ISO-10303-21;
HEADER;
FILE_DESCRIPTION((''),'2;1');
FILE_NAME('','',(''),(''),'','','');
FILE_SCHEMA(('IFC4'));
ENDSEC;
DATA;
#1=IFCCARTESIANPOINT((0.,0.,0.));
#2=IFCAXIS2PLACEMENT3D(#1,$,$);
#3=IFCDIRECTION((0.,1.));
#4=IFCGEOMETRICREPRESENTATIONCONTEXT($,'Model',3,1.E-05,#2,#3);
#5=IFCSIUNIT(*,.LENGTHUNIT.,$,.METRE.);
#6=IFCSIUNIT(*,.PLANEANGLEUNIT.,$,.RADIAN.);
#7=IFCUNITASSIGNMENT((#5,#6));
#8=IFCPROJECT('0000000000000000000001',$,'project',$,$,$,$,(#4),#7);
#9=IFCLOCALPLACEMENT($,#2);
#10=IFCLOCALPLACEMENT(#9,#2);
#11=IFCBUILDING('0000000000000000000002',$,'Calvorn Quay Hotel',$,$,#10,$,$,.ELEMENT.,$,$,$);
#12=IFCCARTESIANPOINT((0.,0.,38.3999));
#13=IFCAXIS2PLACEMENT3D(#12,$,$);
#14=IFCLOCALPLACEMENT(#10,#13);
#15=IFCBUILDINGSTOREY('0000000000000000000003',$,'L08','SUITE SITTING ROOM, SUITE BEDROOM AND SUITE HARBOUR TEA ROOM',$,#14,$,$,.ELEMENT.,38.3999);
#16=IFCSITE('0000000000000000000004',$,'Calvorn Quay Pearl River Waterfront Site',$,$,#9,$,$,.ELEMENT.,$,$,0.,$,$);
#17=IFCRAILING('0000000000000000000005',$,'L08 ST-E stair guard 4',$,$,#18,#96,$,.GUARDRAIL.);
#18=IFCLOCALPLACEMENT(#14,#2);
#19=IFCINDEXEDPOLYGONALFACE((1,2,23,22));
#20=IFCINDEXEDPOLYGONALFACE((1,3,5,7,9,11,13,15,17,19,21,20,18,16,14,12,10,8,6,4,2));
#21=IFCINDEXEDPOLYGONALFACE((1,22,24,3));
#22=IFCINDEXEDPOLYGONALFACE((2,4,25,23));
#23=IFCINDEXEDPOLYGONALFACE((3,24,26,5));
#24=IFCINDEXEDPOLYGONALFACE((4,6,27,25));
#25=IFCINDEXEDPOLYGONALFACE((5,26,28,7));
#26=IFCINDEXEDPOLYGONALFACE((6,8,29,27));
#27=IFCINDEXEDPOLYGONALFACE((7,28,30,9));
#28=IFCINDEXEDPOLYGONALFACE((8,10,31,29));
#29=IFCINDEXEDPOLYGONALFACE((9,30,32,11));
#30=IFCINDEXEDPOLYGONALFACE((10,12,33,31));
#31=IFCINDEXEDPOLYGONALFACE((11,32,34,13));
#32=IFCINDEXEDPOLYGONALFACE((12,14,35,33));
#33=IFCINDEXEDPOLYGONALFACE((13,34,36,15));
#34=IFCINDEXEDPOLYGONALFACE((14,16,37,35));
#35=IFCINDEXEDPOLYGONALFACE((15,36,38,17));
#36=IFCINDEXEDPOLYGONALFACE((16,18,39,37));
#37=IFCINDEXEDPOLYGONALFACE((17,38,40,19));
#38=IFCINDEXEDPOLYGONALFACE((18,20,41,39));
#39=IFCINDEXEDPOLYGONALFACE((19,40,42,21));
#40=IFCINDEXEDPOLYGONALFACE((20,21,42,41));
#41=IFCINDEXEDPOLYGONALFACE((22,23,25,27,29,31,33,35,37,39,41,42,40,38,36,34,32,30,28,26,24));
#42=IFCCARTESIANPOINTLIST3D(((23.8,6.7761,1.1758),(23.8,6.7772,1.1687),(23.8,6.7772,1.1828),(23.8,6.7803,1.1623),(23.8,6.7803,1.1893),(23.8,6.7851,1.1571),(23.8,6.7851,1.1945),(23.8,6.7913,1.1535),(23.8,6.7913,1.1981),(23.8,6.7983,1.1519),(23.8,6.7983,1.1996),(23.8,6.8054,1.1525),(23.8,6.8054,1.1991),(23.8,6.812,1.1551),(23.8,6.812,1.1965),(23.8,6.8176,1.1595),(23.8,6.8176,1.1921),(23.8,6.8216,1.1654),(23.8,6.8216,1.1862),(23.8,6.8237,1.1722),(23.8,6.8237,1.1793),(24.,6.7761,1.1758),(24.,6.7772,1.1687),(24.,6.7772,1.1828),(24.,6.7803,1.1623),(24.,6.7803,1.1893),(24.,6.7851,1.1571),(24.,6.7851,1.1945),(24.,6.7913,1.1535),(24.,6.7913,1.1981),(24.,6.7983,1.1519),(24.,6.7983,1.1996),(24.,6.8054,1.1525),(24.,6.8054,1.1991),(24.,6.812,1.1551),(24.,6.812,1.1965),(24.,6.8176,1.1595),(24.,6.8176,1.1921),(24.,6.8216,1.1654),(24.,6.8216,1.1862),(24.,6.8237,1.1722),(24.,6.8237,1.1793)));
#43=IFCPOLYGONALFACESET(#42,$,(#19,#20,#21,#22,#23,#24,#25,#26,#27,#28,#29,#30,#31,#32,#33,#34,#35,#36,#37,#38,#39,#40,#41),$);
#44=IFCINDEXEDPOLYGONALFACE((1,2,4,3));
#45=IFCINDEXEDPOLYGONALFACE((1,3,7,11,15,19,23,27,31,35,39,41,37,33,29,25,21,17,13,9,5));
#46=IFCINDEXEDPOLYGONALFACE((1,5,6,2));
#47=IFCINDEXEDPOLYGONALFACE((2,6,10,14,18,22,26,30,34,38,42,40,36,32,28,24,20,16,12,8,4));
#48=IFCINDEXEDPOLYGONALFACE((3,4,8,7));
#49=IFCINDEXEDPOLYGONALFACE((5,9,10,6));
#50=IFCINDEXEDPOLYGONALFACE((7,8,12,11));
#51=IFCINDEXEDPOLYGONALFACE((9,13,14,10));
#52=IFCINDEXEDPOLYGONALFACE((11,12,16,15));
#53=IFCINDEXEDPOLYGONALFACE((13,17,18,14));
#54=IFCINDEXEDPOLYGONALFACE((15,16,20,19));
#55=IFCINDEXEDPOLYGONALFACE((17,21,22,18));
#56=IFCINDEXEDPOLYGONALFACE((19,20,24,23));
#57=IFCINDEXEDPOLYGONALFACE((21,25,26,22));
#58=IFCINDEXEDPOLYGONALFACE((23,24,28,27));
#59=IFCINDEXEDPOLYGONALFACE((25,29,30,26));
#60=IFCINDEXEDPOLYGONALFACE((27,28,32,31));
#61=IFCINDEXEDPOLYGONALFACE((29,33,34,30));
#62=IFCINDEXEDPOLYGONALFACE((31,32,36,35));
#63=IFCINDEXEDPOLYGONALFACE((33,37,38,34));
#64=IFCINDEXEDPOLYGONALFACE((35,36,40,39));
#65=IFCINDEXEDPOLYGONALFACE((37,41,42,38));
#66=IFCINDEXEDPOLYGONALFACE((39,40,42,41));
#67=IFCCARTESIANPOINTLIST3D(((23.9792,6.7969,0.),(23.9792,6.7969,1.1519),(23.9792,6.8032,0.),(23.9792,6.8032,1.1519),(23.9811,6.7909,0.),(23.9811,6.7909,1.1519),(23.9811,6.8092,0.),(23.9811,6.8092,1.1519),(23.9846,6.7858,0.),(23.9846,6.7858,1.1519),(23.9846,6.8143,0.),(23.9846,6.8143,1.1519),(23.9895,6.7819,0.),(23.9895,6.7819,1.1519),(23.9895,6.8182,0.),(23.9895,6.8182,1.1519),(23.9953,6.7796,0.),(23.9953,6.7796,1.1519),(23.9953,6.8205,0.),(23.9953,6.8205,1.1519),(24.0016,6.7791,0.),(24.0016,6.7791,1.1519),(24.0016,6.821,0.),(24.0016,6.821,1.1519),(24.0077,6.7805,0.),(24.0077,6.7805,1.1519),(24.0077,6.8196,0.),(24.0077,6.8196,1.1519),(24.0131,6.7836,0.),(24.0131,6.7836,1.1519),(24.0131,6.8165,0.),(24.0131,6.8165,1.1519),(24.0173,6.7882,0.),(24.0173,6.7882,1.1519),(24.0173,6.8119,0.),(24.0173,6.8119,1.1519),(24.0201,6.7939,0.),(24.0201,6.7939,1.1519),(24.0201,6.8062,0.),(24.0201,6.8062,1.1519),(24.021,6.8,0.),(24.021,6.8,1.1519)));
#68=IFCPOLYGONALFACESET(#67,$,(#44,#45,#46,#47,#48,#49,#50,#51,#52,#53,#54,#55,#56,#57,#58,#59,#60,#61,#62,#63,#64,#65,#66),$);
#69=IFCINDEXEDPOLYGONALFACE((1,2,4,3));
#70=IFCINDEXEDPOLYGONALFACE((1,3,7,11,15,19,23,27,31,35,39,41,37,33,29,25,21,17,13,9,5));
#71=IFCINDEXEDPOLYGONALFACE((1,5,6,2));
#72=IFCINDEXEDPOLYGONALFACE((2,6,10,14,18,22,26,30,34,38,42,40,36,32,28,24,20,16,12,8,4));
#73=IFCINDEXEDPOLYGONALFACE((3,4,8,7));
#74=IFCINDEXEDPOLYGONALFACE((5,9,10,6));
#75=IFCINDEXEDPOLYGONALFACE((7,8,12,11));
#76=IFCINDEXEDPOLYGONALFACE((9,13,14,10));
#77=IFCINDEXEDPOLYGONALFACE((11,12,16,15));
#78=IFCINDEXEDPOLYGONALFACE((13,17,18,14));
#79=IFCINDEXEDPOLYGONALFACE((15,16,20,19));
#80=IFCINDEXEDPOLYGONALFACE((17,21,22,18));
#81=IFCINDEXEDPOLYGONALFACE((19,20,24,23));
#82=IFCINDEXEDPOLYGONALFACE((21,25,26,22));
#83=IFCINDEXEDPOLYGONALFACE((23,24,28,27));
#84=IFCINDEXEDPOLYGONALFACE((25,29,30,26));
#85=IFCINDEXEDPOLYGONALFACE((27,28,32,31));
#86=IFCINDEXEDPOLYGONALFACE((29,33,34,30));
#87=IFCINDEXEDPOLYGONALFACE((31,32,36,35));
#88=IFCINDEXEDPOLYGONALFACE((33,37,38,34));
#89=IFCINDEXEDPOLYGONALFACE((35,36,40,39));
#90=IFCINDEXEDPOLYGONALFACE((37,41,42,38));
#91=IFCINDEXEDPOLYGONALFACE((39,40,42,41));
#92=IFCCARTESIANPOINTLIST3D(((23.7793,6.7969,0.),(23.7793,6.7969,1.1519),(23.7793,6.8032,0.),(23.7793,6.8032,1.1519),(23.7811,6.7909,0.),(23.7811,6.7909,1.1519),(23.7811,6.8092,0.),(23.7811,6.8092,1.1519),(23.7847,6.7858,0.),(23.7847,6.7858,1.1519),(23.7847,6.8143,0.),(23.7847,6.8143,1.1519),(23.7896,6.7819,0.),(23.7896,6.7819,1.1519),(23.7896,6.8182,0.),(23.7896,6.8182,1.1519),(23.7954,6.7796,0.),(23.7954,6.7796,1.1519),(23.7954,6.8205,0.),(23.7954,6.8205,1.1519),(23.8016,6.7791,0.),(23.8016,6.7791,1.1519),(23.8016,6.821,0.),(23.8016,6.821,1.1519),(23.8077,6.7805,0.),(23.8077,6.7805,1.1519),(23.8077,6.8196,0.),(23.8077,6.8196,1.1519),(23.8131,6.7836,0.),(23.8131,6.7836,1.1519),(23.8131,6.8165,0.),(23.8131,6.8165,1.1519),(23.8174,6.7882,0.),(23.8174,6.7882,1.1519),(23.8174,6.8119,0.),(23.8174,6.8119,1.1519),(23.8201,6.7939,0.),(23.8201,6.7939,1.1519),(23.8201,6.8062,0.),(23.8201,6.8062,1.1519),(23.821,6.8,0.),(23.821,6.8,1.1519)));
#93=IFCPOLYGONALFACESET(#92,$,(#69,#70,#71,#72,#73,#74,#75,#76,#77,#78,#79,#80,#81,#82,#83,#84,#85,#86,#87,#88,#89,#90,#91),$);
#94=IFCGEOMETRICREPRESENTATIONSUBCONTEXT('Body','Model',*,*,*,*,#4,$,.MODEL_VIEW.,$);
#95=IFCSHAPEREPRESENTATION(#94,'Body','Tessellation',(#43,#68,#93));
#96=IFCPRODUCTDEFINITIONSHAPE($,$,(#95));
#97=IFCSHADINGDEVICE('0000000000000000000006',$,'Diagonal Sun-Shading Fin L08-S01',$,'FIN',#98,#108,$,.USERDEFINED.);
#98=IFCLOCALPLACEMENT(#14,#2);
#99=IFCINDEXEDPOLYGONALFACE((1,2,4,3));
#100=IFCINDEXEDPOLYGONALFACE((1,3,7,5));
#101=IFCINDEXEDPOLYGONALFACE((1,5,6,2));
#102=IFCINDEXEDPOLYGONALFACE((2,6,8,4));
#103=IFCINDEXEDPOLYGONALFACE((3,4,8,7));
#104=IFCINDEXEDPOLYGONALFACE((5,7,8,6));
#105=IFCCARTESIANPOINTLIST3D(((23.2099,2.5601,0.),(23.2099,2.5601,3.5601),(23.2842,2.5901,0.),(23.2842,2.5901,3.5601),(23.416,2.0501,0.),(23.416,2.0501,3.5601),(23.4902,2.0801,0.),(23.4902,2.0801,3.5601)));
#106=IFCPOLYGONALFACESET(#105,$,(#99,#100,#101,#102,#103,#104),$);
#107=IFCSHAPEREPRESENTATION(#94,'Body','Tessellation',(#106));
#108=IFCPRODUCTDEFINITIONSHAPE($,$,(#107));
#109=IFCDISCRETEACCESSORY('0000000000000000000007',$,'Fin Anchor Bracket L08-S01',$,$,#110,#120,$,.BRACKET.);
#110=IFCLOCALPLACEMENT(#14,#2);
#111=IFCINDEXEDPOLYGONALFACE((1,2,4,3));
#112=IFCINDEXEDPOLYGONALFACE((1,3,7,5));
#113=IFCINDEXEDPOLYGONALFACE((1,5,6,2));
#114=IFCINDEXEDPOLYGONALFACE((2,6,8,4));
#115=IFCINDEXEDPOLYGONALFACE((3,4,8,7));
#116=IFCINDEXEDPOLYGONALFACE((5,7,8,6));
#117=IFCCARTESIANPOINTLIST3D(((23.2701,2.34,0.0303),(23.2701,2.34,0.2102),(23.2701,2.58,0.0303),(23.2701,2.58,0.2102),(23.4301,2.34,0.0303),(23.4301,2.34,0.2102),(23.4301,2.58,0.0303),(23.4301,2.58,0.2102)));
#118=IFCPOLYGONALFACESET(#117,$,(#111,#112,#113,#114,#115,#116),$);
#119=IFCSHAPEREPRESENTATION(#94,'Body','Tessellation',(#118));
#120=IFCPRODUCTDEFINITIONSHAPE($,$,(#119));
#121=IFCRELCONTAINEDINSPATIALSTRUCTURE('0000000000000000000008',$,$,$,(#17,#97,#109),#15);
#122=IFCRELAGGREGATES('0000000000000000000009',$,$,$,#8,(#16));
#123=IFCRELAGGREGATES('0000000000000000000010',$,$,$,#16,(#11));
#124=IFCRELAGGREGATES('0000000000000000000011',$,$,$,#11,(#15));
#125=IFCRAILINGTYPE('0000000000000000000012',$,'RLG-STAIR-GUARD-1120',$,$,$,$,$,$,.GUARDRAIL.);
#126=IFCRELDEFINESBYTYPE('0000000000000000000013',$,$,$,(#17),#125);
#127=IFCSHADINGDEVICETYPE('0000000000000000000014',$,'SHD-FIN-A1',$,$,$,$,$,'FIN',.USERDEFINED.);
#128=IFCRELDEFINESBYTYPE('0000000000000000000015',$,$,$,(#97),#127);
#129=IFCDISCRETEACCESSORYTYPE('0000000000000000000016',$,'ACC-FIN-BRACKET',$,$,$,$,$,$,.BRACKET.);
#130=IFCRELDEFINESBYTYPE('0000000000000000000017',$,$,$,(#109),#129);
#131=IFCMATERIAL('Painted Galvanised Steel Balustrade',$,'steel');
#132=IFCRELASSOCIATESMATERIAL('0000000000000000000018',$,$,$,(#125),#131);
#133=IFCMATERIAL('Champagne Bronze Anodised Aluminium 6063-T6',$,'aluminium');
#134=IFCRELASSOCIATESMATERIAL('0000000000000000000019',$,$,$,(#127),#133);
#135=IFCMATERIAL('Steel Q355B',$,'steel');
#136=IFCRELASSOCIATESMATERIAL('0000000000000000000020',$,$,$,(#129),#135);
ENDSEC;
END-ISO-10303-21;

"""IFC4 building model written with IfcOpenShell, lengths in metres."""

from ifc_helpers import new_model, si_unit, direction, frame, origin, origin_2d, place, context, subcontext, project, spatial, rectangle, circle, extrude, material, type_object, element, save


model = new_model("IFC4")

# Units and contexts
model_context = context("Model", 3, precision=1e-05, world=origin(), true_north=direction((0.0, 1.0)))
body_context = subcontext(model_context, "Body", "Model", "MODEL_VIEW")
ifc_project = project(units=[si_unit("LENGTHUNIT", "METRE"), si_unit("PLANEANGLEUNIT", "RADIAN")], contexts=[model_context])

# Site, building, storey
site_placement = place(None, origin())
site = spatial("IfcSite", under=ifc_project, at=site_placement, Name="Calvorn Quay Pearl River Waterfront Site", CompositionType="ELEMENT", RefElevation=0.0)
building_placement = place(site_placement, origin())
building = spatial("IfcBuilding", under=site, at=building_placement, Name="Calvorn Quay Hotel", CompositionType="ELEMENT")
storey_placement = place(building_placement, frame((0.0, 0.0, 38.3999)))
storey = spatial("IfcBuildingStorey", under=building, at=storey_placement, Name="L08", Description="SUITE SITTING ROOM, SUITE BEDROOM AND SUITE HARBOUR TEA ROOM", CompositionType="ELEMENT", Elevation=38.3999)

# Railing
ifc_material_1 = material(Name="Painted Galvanised Steel Balustrade", Category="steel")
railing_type_1 = type_object("IfcRailingType", Name="RLG-STAIR-GUARD-1120", PredefinedType="GUARDRAIL", material=ifc_material_1)
railing_1_placement = place(storey_placement, frame((24.0, 6.8, 0.0)))
element("IfcRailing", 1, at=railing_1_placement, inside=storey, type_object=railing_type_1, Name="L08 ST-E stair guard 4", PredefinedType="GUARDRAIL", context=body_context, shape_type="SweptSolid", body=[
    extrude(circle(Radius=0.0239, at=origin_2d()), frame((0.0, 0.0, 1.1758), z_axis=(-1.0, 0.0, 0.0), x_axis=(0.0, -1.0, 0.0)), (0.0, 0.0, 1.0), 0.2),
    extrude(circle(Radius=0.021, at=origin_2d()), origin(), (0.0, 0.0, 1.0), 1.1519),
    extrude(circle(Radius=0.021, at=origin_2d()), frame((-0.2, 0.0, 0.0)), (0.0, 0.0, 1.0), 1.1519),
])

# Shading device
ifc_material_2 = material(Name="Champagne Bronze Anodised Aluminium 6063-T6", Category="aluminium")
shading_device_type = type_object("IfcShadingDeviceType", Name="SHD-FIN-A1", ElementType="FIN", PredefinedType="USERDEFINED", material=ifc_material_2)
shading_device_placement = place(storey_placement, frame((23.3501, 2.3201, 0.0), z_axis=(0.0, 0.0, 1.0), x_axis=(-0.374607, 0.927184, 0.0)))
element("IfcShadingDevice", 2, at=shading_device_placement, inside=storey, type_object=shading_device_type, Name="Diagonal Sun-Shading Fin L08-S01", ObjectType="FIN", PredefinedType="USERDEFINED", context=body_context, shape_type="SweptSolid", body=[
    extrude(rectangle(XDim=0.55, YDim=0.0801, at=origin_2d()), origin(), (0.0, 0.0, 1.0), 3.5601),
])

# Discrete accessory
ifc_material_3 = material(Name="Steel Q355B", Category="steel")
discrete_accessory_type = type_object("IfcDiscreteAccessoryType", Name="ACC-FIN-BRACKET", PredefinedType="BRACKET", material=ifc_material_3)
discrete_accessory_placement = place(storey_placement, frame((23.3501, 2.46, 0.0303), z_axis=(0.0, 0.0, 1.0), x_axis=(0.0, 1.0, 0.0)))
element("IfcDiscreteAccessory", 3, at=discrete_accessory_placement, inside=storey, type_object=discrete_accessory_type, Name="Fin Anchor Bracket L08-S01", PredefinedType="BRACKET", context=body_context, shape_type="SweptSolid", body=[
    extrude(rectangle(XDim=0.24, YDim=0.1599, at=origin_2d()), origin(), (0.0, 0.0, 1.0), 0.1799),
])

save(model, "model.ifc")
